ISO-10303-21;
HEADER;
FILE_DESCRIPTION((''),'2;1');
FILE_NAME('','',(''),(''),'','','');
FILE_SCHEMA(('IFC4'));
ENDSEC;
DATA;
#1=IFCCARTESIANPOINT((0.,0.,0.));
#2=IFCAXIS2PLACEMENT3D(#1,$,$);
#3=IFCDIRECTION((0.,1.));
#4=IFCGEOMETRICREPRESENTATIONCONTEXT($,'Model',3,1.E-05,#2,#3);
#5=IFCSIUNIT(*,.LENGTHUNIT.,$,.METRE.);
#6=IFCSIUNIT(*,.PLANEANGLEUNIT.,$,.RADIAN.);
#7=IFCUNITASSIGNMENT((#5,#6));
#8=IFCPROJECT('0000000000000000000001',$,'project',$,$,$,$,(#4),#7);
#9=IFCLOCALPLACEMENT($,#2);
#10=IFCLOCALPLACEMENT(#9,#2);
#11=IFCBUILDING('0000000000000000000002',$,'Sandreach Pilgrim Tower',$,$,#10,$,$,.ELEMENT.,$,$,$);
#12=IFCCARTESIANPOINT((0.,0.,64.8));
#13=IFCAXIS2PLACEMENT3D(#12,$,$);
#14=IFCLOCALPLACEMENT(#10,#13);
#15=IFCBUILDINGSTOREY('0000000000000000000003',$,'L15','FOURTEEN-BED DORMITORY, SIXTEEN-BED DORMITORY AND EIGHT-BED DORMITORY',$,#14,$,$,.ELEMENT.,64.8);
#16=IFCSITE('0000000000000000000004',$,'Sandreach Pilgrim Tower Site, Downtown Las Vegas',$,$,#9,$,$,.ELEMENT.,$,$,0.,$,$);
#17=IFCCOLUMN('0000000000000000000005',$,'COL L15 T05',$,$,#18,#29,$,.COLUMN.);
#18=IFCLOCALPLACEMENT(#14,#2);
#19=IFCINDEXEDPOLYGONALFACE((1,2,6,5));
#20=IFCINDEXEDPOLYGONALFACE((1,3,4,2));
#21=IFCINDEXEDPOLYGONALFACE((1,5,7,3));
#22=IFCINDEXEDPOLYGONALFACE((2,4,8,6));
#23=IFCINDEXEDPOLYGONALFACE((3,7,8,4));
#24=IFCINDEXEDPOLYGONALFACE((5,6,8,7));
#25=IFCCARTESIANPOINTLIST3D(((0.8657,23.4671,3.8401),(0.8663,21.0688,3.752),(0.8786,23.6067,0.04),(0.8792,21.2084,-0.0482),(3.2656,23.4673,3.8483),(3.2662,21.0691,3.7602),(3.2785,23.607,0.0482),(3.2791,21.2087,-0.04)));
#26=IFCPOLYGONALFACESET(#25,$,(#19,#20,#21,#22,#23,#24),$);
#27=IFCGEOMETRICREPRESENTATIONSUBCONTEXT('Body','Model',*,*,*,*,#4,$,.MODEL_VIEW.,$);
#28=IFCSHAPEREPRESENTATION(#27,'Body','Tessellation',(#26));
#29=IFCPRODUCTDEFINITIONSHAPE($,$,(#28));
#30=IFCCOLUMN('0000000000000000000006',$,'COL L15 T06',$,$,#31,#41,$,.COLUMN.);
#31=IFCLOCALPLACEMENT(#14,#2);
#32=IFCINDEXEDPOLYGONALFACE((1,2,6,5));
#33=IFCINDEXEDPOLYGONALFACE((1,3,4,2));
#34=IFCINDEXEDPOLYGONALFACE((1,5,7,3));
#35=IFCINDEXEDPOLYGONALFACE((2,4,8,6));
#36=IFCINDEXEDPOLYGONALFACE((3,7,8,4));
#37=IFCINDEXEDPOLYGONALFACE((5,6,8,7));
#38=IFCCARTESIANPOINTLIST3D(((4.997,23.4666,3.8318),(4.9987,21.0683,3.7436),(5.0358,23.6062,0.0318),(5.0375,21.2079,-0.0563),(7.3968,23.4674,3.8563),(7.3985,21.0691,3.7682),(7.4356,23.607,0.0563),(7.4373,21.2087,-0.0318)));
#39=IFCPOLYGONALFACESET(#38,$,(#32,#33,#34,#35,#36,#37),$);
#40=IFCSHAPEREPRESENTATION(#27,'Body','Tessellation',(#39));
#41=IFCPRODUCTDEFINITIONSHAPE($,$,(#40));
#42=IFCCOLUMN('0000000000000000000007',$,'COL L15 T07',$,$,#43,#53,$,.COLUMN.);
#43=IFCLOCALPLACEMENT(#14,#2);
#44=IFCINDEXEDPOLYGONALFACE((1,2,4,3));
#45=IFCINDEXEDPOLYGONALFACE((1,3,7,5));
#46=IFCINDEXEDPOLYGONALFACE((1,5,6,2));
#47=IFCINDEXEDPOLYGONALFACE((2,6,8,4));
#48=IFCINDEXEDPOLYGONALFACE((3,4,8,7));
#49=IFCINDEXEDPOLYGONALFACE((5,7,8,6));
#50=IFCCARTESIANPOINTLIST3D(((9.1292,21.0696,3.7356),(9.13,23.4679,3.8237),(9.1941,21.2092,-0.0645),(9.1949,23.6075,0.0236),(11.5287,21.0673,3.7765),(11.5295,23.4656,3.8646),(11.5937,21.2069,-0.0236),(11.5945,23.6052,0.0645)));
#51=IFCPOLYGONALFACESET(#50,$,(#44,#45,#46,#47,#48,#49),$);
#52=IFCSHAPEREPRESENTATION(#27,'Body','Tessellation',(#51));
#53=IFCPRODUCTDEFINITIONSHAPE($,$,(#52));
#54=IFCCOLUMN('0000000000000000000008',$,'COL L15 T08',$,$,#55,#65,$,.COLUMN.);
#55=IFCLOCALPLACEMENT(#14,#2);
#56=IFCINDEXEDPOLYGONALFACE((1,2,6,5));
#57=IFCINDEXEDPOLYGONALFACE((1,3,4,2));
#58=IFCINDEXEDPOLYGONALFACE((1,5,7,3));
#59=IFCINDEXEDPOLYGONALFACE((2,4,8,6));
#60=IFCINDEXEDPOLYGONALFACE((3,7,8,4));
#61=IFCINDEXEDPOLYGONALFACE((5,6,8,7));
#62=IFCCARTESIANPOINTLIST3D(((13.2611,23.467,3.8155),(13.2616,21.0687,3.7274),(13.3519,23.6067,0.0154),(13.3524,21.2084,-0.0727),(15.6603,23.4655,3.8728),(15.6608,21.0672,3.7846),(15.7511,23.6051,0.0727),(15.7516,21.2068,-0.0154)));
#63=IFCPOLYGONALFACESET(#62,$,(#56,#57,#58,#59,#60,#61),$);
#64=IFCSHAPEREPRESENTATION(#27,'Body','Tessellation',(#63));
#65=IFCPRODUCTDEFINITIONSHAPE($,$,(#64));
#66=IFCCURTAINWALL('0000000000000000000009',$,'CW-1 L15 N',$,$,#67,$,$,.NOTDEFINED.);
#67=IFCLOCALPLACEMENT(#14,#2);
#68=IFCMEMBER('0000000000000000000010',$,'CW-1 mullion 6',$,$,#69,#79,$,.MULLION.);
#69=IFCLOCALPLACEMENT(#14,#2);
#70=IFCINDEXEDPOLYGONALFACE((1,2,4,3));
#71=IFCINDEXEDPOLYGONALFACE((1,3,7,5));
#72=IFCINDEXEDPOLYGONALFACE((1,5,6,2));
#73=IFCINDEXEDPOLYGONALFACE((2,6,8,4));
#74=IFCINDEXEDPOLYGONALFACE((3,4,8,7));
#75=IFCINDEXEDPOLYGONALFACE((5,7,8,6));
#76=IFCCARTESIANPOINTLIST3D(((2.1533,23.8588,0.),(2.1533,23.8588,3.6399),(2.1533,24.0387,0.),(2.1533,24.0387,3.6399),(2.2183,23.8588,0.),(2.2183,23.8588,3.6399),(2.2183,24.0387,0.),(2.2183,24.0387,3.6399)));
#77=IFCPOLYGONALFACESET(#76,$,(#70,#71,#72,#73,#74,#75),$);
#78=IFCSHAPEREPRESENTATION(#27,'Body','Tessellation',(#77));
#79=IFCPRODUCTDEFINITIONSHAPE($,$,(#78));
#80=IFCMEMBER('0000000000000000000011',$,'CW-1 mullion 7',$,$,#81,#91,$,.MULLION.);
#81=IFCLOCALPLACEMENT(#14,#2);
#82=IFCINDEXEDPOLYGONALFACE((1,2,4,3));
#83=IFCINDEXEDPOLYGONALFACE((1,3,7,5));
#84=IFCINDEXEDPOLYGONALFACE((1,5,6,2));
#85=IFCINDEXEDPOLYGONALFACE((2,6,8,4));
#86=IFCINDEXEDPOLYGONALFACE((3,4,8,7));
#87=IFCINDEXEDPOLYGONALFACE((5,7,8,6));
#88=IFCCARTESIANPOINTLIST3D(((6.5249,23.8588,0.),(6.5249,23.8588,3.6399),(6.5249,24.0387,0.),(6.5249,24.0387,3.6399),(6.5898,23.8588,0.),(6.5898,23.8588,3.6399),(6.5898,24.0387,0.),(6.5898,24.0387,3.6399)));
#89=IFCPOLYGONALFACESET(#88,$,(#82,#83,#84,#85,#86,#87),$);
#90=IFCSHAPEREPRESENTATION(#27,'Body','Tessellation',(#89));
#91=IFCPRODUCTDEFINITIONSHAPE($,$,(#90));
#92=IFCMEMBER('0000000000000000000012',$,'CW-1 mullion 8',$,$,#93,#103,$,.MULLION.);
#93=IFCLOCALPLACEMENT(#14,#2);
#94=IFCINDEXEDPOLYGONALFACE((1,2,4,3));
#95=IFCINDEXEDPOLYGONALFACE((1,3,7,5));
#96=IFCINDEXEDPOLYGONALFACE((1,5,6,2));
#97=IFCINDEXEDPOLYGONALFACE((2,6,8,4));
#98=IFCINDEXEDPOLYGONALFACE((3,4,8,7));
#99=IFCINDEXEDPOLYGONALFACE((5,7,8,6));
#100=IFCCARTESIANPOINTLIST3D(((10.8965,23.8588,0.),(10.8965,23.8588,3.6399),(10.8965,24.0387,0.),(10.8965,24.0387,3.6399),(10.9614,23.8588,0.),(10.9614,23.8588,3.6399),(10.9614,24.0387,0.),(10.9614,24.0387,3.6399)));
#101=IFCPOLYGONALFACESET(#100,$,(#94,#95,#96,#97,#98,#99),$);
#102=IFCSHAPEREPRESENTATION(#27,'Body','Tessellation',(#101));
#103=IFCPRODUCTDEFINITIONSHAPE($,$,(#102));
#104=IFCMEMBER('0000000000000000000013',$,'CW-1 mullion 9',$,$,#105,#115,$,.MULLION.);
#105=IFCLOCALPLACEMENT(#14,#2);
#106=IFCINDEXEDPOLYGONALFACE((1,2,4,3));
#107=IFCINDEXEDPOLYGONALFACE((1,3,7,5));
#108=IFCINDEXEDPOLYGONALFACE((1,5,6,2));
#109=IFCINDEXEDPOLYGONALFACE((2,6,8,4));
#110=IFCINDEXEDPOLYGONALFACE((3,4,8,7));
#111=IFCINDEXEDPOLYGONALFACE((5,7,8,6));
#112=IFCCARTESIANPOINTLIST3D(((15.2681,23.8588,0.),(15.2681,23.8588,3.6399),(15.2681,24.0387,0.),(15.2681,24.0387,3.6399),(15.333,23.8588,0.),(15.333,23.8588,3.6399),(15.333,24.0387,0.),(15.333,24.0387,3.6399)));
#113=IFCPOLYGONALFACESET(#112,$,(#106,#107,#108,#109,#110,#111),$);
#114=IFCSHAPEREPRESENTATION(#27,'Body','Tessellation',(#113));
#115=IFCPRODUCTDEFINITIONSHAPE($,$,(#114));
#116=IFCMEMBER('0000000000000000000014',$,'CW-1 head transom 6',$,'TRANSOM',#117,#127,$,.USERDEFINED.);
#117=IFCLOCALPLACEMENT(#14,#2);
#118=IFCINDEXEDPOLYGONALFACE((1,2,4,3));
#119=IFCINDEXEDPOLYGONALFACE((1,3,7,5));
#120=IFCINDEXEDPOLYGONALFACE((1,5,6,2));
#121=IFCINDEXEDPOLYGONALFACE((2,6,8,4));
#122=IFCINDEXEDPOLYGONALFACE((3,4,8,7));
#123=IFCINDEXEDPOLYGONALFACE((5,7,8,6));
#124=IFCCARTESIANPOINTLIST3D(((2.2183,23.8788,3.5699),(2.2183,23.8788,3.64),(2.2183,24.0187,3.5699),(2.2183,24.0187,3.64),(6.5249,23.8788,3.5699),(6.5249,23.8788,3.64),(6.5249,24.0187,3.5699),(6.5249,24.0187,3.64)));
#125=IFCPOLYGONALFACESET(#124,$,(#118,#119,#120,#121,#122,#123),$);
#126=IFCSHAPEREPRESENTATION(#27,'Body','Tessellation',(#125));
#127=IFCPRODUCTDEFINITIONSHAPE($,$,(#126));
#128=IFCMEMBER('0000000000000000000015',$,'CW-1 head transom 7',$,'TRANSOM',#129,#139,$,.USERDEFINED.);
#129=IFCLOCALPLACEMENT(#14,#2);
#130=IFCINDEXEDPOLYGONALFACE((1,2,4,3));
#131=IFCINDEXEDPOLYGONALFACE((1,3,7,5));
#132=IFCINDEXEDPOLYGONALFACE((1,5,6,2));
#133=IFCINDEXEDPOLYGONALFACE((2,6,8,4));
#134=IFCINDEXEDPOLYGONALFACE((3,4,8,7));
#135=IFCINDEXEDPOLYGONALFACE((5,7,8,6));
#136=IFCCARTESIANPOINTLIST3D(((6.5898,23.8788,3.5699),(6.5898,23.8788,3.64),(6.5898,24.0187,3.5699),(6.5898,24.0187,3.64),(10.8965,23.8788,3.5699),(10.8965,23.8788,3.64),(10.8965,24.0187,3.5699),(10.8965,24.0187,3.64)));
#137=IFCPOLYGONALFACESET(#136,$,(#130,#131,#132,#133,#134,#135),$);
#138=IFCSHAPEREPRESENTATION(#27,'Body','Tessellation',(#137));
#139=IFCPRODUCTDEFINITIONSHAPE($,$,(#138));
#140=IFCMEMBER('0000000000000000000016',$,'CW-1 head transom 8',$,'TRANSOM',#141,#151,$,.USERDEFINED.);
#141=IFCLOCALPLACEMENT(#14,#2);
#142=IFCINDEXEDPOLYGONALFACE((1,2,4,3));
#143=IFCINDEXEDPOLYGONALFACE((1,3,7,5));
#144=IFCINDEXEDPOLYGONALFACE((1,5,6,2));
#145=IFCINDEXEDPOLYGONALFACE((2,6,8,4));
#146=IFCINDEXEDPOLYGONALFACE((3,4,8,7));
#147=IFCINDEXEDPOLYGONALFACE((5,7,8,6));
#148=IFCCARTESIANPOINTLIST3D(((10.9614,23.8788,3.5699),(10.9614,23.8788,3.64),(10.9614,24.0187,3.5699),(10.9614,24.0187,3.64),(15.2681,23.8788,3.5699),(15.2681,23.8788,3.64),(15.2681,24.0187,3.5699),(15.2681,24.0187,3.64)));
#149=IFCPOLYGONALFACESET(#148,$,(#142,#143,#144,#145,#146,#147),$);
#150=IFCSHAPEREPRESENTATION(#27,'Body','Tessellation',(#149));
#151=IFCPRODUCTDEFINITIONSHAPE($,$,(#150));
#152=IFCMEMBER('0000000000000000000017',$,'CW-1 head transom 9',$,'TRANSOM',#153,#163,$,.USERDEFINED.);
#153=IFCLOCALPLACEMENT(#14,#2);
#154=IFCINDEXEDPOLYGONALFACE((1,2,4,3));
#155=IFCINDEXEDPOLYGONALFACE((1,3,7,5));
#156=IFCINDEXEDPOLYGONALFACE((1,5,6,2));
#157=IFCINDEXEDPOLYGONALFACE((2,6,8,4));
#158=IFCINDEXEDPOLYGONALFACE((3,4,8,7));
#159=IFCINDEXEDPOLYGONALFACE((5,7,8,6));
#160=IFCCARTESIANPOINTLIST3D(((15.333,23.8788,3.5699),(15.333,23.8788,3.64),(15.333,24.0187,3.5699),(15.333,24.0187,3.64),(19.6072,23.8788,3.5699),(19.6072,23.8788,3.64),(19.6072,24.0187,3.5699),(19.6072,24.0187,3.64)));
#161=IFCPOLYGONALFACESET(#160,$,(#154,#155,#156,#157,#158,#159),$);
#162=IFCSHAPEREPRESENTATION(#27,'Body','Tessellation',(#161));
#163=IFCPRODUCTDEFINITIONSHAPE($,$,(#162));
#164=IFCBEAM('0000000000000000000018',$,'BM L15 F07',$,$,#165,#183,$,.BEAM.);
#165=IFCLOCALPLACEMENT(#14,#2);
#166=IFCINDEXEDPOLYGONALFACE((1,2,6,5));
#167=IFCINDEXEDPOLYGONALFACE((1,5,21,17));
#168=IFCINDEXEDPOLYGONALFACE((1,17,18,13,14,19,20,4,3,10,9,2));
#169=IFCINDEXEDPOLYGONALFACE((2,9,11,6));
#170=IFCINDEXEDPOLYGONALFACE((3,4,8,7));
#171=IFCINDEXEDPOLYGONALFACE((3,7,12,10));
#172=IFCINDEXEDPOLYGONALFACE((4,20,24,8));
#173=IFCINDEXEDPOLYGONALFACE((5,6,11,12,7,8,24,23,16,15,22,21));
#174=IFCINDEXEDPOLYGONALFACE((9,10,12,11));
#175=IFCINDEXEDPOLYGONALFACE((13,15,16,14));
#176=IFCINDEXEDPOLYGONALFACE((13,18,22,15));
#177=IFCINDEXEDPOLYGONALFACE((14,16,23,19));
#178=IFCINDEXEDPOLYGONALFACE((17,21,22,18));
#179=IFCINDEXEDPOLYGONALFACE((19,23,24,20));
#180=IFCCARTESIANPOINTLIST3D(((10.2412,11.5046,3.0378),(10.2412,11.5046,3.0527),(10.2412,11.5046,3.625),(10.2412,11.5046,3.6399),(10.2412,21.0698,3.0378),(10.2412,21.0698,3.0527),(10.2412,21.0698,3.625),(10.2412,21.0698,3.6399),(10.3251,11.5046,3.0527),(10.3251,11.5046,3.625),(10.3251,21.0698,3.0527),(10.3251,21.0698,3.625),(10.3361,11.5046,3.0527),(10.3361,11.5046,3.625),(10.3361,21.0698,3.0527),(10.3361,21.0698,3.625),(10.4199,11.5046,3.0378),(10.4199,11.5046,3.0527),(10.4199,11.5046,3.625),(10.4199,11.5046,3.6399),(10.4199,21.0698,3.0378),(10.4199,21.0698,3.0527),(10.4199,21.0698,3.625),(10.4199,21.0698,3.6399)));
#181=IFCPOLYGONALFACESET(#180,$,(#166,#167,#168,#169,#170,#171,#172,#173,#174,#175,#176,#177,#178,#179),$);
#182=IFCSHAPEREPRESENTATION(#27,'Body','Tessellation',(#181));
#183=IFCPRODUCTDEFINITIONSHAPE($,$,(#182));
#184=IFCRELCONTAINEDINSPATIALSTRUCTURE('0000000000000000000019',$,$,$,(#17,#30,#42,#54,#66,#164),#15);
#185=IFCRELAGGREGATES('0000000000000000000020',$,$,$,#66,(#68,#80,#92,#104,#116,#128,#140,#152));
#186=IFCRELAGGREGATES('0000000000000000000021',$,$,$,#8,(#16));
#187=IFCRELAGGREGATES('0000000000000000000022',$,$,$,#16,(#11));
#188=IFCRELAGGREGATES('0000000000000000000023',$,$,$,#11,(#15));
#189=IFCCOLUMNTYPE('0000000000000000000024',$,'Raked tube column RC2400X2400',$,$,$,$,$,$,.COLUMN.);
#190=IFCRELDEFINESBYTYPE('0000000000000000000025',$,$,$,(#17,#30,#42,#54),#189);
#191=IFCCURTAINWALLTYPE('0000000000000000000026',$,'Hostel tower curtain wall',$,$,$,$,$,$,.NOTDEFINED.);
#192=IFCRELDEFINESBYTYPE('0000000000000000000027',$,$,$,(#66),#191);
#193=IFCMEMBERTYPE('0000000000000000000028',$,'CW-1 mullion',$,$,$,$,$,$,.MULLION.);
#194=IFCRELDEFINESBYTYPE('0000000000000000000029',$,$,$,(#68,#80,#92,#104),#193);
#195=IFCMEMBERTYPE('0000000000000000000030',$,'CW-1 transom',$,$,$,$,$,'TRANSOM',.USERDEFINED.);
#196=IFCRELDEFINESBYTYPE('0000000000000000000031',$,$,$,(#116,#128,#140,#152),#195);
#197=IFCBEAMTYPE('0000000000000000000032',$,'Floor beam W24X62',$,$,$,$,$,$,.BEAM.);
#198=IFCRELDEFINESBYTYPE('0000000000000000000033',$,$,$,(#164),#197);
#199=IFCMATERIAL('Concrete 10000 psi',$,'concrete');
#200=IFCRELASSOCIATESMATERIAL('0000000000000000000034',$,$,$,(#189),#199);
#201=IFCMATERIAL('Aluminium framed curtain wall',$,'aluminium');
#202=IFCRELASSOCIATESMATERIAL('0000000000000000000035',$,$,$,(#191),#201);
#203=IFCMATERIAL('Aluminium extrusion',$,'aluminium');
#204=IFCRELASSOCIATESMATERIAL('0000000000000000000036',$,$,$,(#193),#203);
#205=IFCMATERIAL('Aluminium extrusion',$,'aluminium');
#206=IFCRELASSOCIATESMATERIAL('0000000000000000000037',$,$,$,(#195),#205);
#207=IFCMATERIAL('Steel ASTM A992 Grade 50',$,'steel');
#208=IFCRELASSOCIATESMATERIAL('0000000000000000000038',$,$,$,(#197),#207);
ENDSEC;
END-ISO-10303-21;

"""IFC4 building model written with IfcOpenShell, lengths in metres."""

from ifc_helpers import new_model, si_unit, direction, frame, origin, origin_2d, place, context, subcontext, project, spatial, rectangle, i_section, extrude, material, material_profile, profile_set, type_object, element, aggregate, save


model = new_model("IFC4")

# Units and contexts
model_context = context("Model", 3, precision=1e-05, world=origin(), true_north=direction((0.0, 1.0)))
body_context = subcontext(model_context, "Body", "Model", "MODEL_VIEW")
ifc_project = project(units=[si_unit("LENGTHUNIT", "METRE"), si_unit("PLANEANGLEUNIT", "RADIAN")], contexts=[model_context])

# Site, building, storey
site_placement = place(None, origin())
site = spatial("IfcSite", under=ifc_project, at=site_placement, Name="Sandreach Pilgrim Tower Site, Downtown Las Vegas", CompositionType="ELEMENT", RefElevation=0.0)
building_placement = place(site_placement, origin())
building = spatial("IfcBuilding", under=site, at=building_placement, Name="Sandreach Pilgrim Tower", CompositionType="ELEMENT")
storey_placement = place(building_placement, frame((0.0, 0.0, 64.8)))
storey = spatial("IfcBuildingStorey", under=building, at=storey_placement, Name="L15", Description="FOURTEEN-BED DORMITORY, SIXTEEN-BED DORMITORY AND EIGHT-BED DORMITORY", CompositionType="ELEMENT", Elevation=64.8)

# Columns
ifc_material_1 = material(Name="Concrete 10000 psi", Category="concrete")
ifc_material_profile_1 = material_profile(ifc_material_1, rectangle(XDim=2.3999, YDim=2.3999, at=origin_2d()), Name="RC2400X2400")
ifc_profile_set_1 = profile_set([ifc_material_profile_1], Name="Concrete 10000 psi")
column_type = type_object("IfcColumnType", Name="Raked tube column RC2400X2400", PredefinedType="COLUMN", material=ifc_profile_set_1)
for number, where, z_axis, x_axis, name in (
    (1, (2.0789, 22.4077, 0.0), (-0.003403, -0.036724, 0.99932), (-0.000242, 0.999325, 0.036724), "COL L15 T05"),
    (2, (6.2366, 22.4075, 0.0), (-0.010208, -0.036722, 0.999273), (-0.000705, 0.999325, 0.036717), "COL L15 T06"),
):
    element("IfcColumn", number, at=place(storey_placement, frame(where, z_axis=z_axis, x_axis=x_axis)), inside=storey, type_object=column_type, Name=name, PredefinedType="COLUMN", context=body_context, shape_type="SweptSolid", body=[
        extrude(rectangle(XDim=2.3999, YDim=2.3999, at=origin_2d()), origin(), (0.0, 0.0, 1.0), 3.8027),
    ])
column_1_placement = place(storey_placement, frame((10.3943, 22.4072, 0.0), z_axis=(-0.017076, -0.036719, 0.99918), x_axis=(0.000325, 0.999325, 0.03673)))
element("IfcColumn", 3, at=column_1_placement, inside=storey, type_object=column_type, Name="COL L15 T07", PredefinedType="COLUMN", context=body_context, shape_type="SweptSolid", body=[
    extrude(rectangle(XDim=2.3999, YDim=2.3999, at=origin_2d()), origin(), (0.0, 0.0, 1.0), 3.8032),
])
column_2_placement = place(storey_placement, frame((14.5518, 22.4067, 0.0), z_axis=(-0.023877, -0.036714, 0.999041), x_axis=(-0.00023, 0.999326, 0.036719)))
element("IfcColumn", 4, at=column_2_placement, inside=storey, type_object=column_type, Name="COL L15 T08", PredefinedType="COLUMN", context=body_context, shape_type="SweptSolid", body=[
    extrude(rectangle(XDim=2.3999, YDim=2.3999, at=origin_2d()), origin(), (0.0, 0.0, 1.0), 3.8037),
])

# Curtain wall, members
ifc_material_2 = material(Name="Aluminium framed curtain wall", Category="aluminium")
curtain_wall_type = type_object("IfcCurtainWallType", Name="Hostel tower curtain wall", PredefinedType="NOTDEFINED", material=ifc_material_2)
curtain_wall_placement = place(storey_placement, origin())
curtain_wall = element("IfcCurtainWall", 5, at=curtain_wall_placement, inside=storey, type_object=curtain_wall_type, Name="CW-1 L15 N", PredefinedType="NOTDEFINED")
ifc_material_3 = material(Name="Aluminium extrusion", Category="aluminium")
ifc_material_profile_2 = material_profile(ifc_material_3, rectangle(XDim=0.0649, YDim=0.1799, at=origin_2d()), Name="CW-1M 65X180")
ifc_profile_set_2 = profile_set([ifc_material_profile_2], Name="Aluminium extrusion")
member_type_1 = type_object("IfcMemberType", Name="CW-1 mullion", PredefinedType="MULLION", material=ifc_profile_set_2)
member_1_placement = place(storey_placement, frame((2.1858, 23.9487, 0.0), z_axis=(0.0, 0.0, 1.0), x_axis=(1.0, 0.0, 0.0)))
member_1 = element("IfcMember", 6, at=member_1_placement, type_object=member_type_1, Name="CW-1 mullion 6", PredefinedType="MULLION", context=body_context, shape_type="SweptSolid", body=[
    extrude(rectangle(XDim=0.0649, YDim=0.1799, at=origin_2d()), origin(), (0.0, 0.0, 1.0), 3.6399),
])
member_2_placement = place(storey_placement, frame((6.5574, 23.9487, 0.0), z_axis=(0.0, 0.0, 1.0), x_axis=(1.0, 0.0, 0.0)))
member_2 = element("IfcMember", 7, at=member_2_placement, type_object=member_type_1, Name="CW-1 mullion 7", PredefinedType="MULLION", context=body_context, shape_type="SweptSolid", body=[
    extrude(rectangle(XDim=0.0649, YDim=0.1799, at=origin_2d()), origin(), (0.0, 0.0, 1.0), 3.6399),
])
member_3_placement = place(storey_placement, frame((10.929, 23.9487, 0.0), z_axis=(0.0, 0.0, 1.0), x_axis=(1.0, 0.0, 0.0)))
member_3 = element("IfcMember", 8, at=member_3_placement, type_object=member_type_1, Name="CW-1 mullion 8", PredefinedType="MULLION", context=body_context, shape_type="SweptSolid", body=[
    extrude(rectangle(XDim=0.0649, YDim=0.1799, at=origin_2d()), origin(), (0.0, 0.0, 1.0), 3.6399),
])
member_4_placement = place(storey_placement, frame((15.3005, 23.9487, 0.0), z_axis=(0.0, 0.0, 1.0), x_axis=(1.0, 0.0, 0.0)))
member_4 = element("IfcMember", 9, at=member_4_placement, type_object=member_type_1, Name="CW-1 mullion 9", PredefinedType="MULLION", context=body_context, shape_type="SweptSolid", body=[
    extrude(rectangle(XDim=0.0649, YDim=0.1799, at=origin_2d()), origin(), (0.0, 0.0, 1.0), 3.6399),
])
ifc_material_4 = material(Name="Aluminium extrusion", Category="aluminium")
ifc_material_profile_3 = material_profile(ifc_material_4, rectangle(XDim=0.1399, YDim=0.0701, at=origin_2d()), Name="CW-1T 140X70")
ifc_profile_set_3 = profile_set([ifc_material_profile_3], Name="Aluminium extrusion")
member_type_2 = type_object("IfcMemberType", Name="CW-1 transom", ElementType="TRANSOM", PredefinedType="USERDEFINED", material=ifc_profile_set_3)
member_5_placement = place(storey_placement, frame((2.2183, 23.9487, 3.605), z_axis=(1.0, 0.0, 0.0), x_axis=(0.0, 1.0, 0.0)))
member_5 = element("IfcMember", 10, at=member_5_placement, type_object=member_type_2, Name="CW-1 head transom 6", ObjectType="TRANSOM", PredefinedType="USERDEFINED", context=body_context, shape_type="SweptSolid", body=[
    extrude(rectangle(XDim=0.1399, YDim=0.0701, at=origin_2d()), origin(), (0.0, 0.0, 1.0), 4.3066),
])
member_6_placement = place(storey_placement, frame((6.5898, 23.9487, 3.605), z_axis=(1.0, 0.0, 0.0), x_axis=(0.0, 1.0, 0.0)))
member_6 = element("IfcMember", 11, at=member_6_placement, type_object=member_type_2, Name="CW-1 head transom 7", ObjectType="TRANSOM", PredefinedType="USERDEFINED", context=body_context, shape_type="SweptSolid", body=[
    extrude(rectangle(XDim=0.1399, YDim=0.0701, at=origin_2d()), origin(), (0.0, 0.0, 1.0), 4.3066),
])
member_7_placement = place(storey_placement, frame((10.9614, 23.9487, 3.605), z_axis=(1.0, 0.0, 0.0), x_axis=(0.0, 1.0, 0.0)))
member_7 = element("IfcMember", 12, at=member_7_placement, type_object=member_type_2, Name="CW-1 head transom 8", ObjectType="TRANSOM", PredefinedType="USERDEFINED", context=body_context, shape_type="SweptSolid", body=[
    extrude(rectangle(XDim=0.1399, YDim=0.0701, at=origin_2d()), origin(), (0.0, 0.0, 1.0), 4.3066),
])
member_8_placement = place(storey_placement, frame((15.333, 23.9487, 3.605), z_axis=(1.0, 0.0, 0.0), x_axis=(0.0, 1.0, 0.0)))
member_8 = element("IfcMember", 13, at=member_8_placement, type_object=member_type_2, Name="CW-1 head transom 9", ObjectType="TRANSOM", PredefinedType="USERDEFINED", context=body_context, shape_type="SweptSolid", body=[
    extrude(rectangle(XDim=0.1399, YDim=0.0701, at=origin_2d()), origin(), (0.0, 0.0, 1.0), 4.2742),
])

# Beam
ifc_material_5 = material(Name="Steel ASTM A992 Grade 50", Category="steel")
ifc_material_profile_4 = material_profile(ifc_material_5, i_section(OverallWidth=0.1787, OverallDepth=0.6021, WebThickness=0.011, FlangeThickness=0.0149, at=origin_2d()), Name="W24X62")
ifc_profile_set_4 = profile_set([ifc_material_profile_4], Name="Steel ASTM A992 Grade 50")
beam_type_1 = type_object("IfcBeamType", Name="Floor beam W24X62", PredefinedType="BEAM", material=ifc_profile_set_4)
beam_1_placement = place(storey_placement, frame((10.3306, 21.0698, 3.3389), z_axis=(0.0, -1.0, 0.0), x_axis=(1.0, 0.0, 0.0)))
element("IfcBeam", 14, at=beam_1_placement, inside=storey, type_object=beam_type_1, Name="BM L15 F07", PredefinedType="BEAM", context=body_context, shape_type="SweptSolid", body=[
    extrude(i_section(OverallWidth=0.1787, OverallDepth=0.6021, WebThickness=0.011, FlangeThickness=0.0149, at=origin_2d()), origin(), (0.0, 0.0, 1.0), 9.5652),
])

aggregate(curtain_wall, [member_1, member_2, member_3, member_4, member_5, member_6, member_7, member_8])

save(model, "model.ifc")
